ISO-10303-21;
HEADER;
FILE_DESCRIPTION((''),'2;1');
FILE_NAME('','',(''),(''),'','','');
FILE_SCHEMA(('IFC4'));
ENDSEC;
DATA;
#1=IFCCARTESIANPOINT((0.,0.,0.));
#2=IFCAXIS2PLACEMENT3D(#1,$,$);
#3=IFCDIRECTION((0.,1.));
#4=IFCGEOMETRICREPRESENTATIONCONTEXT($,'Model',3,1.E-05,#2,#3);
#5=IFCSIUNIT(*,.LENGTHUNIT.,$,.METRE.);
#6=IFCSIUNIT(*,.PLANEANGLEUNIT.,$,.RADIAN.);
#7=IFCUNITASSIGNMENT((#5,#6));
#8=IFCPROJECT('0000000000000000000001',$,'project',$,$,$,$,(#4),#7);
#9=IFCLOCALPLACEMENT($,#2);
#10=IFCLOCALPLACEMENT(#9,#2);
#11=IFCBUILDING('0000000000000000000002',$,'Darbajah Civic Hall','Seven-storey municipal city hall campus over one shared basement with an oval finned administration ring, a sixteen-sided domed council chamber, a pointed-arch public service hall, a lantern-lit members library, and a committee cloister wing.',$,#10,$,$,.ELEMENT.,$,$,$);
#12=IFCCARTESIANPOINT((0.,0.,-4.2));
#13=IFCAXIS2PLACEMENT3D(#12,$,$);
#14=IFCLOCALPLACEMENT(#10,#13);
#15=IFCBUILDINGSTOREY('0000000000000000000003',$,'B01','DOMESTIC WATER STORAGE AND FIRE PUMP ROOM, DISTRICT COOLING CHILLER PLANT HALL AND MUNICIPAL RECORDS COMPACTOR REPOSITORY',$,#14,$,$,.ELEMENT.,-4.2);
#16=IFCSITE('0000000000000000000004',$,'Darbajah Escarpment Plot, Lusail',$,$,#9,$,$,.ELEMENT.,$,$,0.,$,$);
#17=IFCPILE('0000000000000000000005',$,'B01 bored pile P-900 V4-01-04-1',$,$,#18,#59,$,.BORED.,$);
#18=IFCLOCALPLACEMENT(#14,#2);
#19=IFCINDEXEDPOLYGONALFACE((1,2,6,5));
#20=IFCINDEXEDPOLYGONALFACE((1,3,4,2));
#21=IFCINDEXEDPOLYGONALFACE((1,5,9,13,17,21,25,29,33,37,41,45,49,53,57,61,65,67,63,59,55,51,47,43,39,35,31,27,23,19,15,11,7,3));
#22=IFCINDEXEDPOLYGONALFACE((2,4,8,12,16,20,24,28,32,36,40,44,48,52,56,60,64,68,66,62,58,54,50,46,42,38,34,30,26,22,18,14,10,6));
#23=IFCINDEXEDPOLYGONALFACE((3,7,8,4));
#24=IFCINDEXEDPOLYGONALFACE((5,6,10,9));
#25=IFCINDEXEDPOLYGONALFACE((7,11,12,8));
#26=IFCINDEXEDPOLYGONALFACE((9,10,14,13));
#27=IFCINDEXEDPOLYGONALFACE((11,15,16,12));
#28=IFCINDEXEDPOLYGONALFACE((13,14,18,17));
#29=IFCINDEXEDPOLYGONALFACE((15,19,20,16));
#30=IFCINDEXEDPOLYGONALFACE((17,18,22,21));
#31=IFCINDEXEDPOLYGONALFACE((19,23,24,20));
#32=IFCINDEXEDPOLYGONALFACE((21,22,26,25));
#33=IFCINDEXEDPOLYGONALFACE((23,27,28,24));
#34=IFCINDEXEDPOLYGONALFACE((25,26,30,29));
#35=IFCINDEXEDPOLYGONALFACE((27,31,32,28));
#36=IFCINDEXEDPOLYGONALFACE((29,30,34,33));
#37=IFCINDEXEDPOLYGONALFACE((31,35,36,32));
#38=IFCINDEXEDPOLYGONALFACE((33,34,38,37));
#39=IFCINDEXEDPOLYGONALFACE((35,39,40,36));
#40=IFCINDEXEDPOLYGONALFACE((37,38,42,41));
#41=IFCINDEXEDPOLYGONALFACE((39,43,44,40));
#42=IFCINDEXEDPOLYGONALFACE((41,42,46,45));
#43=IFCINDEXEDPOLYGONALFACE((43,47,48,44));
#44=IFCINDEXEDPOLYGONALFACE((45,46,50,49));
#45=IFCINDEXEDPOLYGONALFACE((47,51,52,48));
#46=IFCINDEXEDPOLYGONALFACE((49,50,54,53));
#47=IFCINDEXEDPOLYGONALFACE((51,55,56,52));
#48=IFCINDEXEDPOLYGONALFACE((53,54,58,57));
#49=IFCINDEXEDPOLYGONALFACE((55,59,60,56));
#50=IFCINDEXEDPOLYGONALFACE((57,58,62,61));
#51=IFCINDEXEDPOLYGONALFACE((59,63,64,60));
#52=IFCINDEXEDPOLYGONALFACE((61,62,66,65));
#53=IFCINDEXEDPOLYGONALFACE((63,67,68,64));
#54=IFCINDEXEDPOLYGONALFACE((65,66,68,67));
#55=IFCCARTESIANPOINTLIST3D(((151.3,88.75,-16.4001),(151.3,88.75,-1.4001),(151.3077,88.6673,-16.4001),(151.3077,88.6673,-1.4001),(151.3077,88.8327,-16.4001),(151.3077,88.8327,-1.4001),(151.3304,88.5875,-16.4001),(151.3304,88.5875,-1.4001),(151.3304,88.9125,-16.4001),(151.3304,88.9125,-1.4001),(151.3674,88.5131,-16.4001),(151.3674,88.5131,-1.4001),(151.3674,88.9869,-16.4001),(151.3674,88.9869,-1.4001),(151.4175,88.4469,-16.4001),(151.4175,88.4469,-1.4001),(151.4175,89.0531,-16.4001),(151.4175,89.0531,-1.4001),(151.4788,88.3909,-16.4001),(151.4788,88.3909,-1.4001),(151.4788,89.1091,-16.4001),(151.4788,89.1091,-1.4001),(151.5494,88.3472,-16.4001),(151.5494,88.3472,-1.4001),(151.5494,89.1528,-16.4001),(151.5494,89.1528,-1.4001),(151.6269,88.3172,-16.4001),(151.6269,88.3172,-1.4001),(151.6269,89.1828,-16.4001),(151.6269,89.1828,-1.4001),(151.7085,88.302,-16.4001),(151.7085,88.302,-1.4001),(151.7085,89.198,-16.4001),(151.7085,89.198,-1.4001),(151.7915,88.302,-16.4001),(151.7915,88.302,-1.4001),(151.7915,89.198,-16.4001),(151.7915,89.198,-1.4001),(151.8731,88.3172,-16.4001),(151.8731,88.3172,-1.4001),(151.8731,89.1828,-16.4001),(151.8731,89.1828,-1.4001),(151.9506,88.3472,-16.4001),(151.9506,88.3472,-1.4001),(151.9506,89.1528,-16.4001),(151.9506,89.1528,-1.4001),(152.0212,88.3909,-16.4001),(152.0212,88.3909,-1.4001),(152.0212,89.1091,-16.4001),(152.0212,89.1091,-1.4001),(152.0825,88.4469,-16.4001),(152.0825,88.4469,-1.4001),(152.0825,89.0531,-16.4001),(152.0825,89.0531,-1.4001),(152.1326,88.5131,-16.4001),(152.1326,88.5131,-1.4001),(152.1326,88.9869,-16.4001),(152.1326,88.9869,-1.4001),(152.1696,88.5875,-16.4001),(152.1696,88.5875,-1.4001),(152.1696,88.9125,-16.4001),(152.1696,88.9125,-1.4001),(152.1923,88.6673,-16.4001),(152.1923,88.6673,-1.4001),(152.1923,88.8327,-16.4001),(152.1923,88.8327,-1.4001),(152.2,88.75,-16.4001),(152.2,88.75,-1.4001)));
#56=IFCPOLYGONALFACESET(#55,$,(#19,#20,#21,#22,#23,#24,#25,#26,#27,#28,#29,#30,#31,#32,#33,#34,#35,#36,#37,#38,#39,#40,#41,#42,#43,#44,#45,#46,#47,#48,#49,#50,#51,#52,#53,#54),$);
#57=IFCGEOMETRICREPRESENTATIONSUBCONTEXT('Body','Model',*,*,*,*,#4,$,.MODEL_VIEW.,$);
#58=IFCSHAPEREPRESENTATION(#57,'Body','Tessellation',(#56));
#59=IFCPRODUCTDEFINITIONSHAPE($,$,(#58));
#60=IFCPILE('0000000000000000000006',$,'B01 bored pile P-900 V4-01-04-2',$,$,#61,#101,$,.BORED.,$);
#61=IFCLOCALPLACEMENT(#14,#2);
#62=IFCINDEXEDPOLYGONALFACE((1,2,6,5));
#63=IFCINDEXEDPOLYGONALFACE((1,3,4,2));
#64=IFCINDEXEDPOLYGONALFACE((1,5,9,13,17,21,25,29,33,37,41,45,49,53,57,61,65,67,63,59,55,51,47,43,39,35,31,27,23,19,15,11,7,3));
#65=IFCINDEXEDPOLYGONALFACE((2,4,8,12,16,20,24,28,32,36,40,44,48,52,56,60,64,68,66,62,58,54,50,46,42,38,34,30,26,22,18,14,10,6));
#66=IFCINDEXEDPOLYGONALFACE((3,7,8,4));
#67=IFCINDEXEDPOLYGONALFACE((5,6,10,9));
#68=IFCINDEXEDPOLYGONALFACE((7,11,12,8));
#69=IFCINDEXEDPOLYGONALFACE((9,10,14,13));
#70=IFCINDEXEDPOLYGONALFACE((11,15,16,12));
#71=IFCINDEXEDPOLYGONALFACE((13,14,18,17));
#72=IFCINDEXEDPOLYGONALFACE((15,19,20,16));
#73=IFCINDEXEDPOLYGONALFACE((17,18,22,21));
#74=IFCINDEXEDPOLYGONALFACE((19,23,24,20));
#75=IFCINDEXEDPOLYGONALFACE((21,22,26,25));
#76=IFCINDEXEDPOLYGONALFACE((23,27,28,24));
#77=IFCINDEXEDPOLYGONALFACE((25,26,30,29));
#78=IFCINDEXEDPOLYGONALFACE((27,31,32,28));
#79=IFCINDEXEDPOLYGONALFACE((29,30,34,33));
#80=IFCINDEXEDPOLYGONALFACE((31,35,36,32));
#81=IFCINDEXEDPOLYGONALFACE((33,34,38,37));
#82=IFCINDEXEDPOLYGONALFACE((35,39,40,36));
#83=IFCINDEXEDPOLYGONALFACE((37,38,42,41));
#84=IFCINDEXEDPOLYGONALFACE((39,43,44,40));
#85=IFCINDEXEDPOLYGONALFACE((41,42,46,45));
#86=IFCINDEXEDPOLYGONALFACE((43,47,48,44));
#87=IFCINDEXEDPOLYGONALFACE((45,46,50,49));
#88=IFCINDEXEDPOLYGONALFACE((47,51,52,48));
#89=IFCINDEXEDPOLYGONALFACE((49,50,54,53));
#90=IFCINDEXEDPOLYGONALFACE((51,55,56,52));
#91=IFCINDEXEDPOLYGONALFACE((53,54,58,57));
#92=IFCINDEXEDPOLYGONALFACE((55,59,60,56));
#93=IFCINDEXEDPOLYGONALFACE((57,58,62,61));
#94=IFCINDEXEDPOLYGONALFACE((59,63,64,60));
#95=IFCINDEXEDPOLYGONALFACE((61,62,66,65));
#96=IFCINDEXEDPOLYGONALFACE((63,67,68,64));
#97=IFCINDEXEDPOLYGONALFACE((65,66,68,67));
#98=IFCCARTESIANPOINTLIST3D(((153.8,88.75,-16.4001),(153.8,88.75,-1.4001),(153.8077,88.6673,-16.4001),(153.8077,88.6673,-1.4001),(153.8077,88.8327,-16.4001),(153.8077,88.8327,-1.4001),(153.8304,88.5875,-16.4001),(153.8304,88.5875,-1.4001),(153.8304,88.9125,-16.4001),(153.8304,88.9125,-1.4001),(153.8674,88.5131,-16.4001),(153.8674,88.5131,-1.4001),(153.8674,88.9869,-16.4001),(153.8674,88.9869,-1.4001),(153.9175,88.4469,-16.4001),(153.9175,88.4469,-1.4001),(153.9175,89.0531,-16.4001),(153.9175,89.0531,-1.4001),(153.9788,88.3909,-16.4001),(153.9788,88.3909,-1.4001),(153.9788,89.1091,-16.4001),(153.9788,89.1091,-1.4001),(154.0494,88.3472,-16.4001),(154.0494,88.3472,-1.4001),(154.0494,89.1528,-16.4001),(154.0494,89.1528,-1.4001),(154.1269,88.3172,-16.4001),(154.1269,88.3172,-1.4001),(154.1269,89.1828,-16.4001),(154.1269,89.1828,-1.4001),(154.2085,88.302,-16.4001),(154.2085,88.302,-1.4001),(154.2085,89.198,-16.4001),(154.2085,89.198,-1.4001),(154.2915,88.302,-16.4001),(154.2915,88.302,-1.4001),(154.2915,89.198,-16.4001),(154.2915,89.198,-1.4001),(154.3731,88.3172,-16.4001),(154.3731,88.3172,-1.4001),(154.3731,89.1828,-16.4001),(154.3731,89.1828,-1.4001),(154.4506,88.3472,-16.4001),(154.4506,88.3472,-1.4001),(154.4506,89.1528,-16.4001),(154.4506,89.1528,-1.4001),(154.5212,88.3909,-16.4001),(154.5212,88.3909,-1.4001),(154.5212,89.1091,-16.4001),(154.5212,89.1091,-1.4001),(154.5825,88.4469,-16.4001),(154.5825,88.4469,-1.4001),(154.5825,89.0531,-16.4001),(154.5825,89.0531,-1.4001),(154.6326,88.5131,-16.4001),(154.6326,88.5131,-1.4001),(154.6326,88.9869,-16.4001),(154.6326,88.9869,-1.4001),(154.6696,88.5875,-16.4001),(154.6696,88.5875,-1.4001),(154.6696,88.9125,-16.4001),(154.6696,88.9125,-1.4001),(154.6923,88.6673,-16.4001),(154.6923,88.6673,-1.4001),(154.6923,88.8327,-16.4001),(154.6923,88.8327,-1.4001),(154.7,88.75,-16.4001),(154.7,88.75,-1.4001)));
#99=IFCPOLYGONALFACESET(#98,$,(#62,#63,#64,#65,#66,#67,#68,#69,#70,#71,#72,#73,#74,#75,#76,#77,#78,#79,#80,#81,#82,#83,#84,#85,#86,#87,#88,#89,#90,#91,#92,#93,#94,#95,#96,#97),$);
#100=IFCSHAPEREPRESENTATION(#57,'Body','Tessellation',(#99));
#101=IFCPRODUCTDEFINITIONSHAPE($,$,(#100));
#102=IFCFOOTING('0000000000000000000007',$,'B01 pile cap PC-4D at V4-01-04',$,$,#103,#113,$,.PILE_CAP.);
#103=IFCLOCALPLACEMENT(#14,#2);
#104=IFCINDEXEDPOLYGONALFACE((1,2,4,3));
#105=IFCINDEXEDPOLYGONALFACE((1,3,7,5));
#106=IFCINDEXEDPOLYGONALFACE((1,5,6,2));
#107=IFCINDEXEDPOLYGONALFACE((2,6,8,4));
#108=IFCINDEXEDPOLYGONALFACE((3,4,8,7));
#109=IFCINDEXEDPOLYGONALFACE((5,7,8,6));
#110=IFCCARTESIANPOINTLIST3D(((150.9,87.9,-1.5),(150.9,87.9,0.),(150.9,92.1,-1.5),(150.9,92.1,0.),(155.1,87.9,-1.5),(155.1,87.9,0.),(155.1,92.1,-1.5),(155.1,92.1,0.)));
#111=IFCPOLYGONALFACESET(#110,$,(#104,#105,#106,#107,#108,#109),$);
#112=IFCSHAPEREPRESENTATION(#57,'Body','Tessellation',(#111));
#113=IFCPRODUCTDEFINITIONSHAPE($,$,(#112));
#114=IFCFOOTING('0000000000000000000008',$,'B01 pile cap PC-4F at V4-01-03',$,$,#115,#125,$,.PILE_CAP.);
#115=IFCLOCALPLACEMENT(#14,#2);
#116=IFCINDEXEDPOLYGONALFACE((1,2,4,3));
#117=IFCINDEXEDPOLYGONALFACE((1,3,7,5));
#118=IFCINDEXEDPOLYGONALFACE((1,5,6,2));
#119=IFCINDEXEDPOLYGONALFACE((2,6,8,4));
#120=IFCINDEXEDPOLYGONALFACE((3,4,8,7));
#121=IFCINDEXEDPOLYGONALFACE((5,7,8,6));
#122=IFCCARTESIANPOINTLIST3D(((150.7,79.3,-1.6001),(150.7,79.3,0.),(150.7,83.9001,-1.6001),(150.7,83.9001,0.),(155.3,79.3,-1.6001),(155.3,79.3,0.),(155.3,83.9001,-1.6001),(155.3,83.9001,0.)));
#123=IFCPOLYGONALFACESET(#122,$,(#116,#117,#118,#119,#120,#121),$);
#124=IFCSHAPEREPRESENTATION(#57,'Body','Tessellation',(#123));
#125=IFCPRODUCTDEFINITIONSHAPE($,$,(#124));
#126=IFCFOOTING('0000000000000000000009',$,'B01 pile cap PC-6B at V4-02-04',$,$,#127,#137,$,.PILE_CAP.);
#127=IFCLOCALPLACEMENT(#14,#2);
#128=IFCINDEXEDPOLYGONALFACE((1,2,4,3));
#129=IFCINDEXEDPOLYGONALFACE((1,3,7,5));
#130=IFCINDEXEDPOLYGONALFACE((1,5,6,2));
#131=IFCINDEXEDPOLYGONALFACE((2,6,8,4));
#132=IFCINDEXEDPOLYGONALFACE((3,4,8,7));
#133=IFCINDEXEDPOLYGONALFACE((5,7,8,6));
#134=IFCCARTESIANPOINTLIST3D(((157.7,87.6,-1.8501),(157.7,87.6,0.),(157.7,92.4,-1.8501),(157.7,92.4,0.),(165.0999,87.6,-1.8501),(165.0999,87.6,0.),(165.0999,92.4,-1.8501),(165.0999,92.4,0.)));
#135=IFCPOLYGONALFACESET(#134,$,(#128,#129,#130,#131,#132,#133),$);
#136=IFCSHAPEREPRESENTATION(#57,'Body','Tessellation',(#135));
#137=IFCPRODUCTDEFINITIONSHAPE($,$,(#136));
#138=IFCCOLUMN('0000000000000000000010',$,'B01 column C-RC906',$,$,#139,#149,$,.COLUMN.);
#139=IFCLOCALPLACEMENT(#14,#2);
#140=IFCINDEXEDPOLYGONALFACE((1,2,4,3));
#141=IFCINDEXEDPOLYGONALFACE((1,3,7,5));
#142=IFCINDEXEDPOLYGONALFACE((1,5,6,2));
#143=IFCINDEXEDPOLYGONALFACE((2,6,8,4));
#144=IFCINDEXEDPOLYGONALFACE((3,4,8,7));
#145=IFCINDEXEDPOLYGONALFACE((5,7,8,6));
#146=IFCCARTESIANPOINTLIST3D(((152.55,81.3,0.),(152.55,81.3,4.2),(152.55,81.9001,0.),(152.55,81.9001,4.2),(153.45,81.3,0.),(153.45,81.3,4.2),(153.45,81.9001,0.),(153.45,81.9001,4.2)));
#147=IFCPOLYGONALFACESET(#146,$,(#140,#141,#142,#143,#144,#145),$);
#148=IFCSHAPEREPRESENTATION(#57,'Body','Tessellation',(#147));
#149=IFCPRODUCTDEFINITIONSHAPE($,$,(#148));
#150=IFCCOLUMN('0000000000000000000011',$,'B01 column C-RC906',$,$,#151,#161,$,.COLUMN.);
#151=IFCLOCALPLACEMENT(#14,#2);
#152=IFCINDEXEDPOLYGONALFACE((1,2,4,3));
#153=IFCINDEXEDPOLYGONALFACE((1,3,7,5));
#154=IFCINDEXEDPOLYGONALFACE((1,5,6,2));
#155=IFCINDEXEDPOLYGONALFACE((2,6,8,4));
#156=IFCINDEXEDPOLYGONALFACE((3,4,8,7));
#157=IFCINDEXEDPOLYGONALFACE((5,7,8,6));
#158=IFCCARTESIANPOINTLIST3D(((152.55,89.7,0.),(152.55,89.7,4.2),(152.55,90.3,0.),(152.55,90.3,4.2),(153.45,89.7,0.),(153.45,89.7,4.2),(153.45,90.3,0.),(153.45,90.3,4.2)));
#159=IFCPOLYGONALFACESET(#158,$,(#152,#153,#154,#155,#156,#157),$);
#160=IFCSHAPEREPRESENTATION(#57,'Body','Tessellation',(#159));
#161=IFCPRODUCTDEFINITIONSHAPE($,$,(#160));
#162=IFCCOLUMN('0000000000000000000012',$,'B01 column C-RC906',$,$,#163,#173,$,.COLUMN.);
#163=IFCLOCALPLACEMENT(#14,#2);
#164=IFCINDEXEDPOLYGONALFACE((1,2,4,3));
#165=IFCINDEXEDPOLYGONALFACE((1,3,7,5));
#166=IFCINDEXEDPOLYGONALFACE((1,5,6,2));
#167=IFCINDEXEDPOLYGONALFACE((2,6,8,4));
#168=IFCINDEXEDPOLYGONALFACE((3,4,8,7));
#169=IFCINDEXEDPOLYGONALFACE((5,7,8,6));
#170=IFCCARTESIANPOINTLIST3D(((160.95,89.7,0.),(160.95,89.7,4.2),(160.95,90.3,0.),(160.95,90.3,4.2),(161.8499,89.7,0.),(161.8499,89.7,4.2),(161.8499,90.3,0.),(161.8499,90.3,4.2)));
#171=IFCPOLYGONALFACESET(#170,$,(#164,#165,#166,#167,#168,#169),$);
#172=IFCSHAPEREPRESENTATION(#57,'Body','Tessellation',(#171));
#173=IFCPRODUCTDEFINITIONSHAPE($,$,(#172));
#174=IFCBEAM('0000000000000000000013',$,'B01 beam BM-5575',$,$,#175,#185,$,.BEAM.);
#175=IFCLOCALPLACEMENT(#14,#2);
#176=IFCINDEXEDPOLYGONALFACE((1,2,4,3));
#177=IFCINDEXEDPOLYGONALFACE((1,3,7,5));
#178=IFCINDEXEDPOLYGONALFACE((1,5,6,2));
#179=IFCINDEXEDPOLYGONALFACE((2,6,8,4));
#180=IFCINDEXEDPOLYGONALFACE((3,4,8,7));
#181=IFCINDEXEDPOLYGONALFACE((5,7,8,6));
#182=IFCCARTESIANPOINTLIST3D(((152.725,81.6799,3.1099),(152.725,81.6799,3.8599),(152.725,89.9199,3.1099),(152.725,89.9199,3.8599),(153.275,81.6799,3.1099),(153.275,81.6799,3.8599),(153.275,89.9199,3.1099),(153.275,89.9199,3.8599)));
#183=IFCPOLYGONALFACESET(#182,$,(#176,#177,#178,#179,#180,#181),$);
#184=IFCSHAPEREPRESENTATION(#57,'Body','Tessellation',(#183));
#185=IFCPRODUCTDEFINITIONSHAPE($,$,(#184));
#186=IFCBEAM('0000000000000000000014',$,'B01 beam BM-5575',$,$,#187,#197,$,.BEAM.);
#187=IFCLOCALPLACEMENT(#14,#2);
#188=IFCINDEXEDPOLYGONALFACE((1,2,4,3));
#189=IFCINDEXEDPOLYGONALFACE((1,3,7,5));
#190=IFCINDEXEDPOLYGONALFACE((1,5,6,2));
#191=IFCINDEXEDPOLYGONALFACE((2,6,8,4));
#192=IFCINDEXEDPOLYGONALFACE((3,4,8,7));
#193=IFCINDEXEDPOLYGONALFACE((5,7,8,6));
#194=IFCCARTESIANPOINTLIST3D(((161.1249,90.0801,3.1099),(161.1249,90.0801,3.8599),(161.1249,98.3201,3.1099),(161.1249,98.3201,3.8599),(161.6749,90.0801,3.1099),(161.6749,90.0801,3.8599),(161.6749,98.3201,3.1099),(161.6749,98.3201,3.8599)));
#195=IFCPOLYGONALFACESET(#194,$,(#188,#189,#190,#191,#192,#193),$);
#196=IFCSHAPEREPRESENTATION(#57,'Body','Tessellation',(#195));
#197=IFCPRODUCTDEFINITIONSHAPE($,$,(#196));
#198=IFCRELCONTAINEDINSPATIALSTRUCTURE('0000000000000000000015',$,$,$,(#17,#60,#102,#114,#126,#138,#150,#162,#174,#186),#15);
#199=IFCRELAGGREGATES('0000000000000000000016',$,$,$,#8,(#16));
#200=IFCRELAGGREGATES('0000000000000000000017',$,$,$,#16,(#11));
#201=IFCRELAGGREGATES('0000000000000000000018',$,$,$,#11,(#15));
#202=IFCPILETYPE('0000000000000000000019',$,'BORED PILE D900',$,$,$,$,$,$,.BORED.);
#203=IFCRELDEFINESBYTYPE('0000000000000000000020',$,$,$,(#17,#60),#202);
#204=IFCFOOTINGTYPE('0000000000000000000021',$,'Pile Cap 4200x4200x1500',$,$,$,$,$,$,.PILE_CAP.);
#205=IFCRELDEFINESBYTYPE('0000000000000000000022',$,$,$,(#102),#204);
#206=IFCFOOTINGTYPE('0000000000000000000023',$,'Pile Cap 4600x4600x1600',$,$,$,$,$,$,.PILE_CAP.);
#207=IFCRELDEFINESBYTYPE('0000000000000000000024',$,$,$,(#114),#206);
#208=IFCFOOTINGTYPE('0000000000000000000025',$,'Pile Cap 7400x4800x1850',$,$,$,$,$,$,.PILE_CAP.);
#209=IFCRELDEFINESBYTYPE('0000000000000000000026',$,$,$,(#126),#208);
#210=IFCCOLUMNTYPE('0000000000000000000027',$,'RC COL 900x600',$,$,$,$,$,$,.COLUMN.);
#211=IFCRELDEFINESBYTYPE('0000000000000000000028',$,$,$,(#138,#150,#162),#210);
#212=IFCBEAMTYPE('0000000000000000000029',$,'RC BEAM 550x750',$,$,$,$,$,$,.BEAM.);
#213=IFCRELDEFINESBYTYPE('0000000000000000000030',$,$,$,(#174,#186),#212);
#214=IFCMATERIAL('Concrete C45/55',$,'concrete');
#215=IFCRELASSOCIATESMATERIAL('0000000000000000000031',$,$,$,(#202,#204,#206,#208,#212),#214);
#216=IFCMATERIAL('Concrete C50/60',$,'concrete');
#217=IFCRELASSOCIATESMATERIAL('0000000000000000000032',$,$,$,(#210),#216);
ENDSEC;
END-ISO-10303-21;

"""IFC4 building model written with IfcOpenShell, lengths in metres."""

from ifc_helpers import new_model, si_unit, direction, frame, origin, origin_2d, place, context, subcontext, project, spatial, rectangle, circle, extrude, material, material_profile, profile_set, type_object, element, save


model = new_model("IFC4")

# Units and contexts
model_context = context("Model", 3, precision=1e-05, world=origin(), true_north=direction((0.0, 1.0)))
body_context = subcontext(model_context, "Body", "Model", "MODEL_VIEW")
ifc_project = project(units=[si_unit("LENGTHUNIT", "METRE"), si_unit("PLANEANGLEUNIT", "RADIAN")], contexts=[model_context])

# Site, building, storey
site_placement = place(None, origin())
site = spatial("IfcSite", under=ifc_project, at=site_placement, Name="Darbajah Escarpment Plot, Lusail", CompositionType="ELEMENT", RefElevation=0.0)
building_placement = place(site_placement, origin())
building = spatial("IfcBuilding", under=site, at=building_placement, Name="Darbajah Civic Hall", Description="Seven-storey municipal city hall campus over one shared basement with an oval finned administration ring, a sixteen-sided domed council chamber, a pointed-arch public service hall, a lantern-lit members library, and a committee cloister wing.", CompositionType="ELEMENT")
storey_placement = place(building_placement, frame((0.0, 0.0, -4.2)))
storey = spatial("IfcBuildingStorey", under=building, at=storey_placement, Name="B01", Description="DOMESTIC WATER STORAGE AND FIRE PUMP ROOM, DISTRICT COOLING CHILLER PLANT HALL AND MUNICIPAL RECORDS COMPACTOR REPOSITORY", CompositionType="ELEMENT", Elevation=-4.2)

# Piles
ifc_material_1 = material(Name="Concrete C45/55", Category="concrete")
ifc_material_profile_1 = material_profile(ifc_material_1, circle(Radius=0.45, at=origin_2d()), Name="BORED PILE D900")
ifc_profile_set_1 = profile_set([ifc_material_profile_1], Name="Concrete C45/55")
pile_type_1 = type_object("IfcPileType", Name="BORED PILE D900", PredefinedType="BORED", material=ifc_profile_set_1)
for number, where, z_axis, x_axis, name in (
    (1, (151.75, 88.75, -1.4001), (0.0, 0.0, -1.0), (1.0, 0.0, 0.0), "B01 bored pile P-900 V4-01-04-1"),
    (2, (154.25, 88.75, -1.4001), (0.0, 0.0, -1.0), (1.0, 0.0, 0.0), "B01 bored pile P-900 V4-01-04-2"),
):
    element("IfcPile", number, at=place(storey_placement, frame(where, z_axis=z_axis, x_axis=x_axis)), inside=storey, type_object=pile_type_1, Name=name, PredefinedType="BORED", context=body_context, shape_type="SweptSolid", body=[
        extrude(circle(Radius=0.45, at=origin_2d()), origin(), (0.0, 0.0, 1.0), 15.0),
    ])

# Footings
footing_type_1 = type_object("IfcFootingType", Name="Pile Cap 4200x4200x1500", PredefinedType="PILE_CAP", material=ifc_material_1)
footing_1_placement = place(storey_placement, frame((153.0, 90.0, -1.5), z_axis=(0.0, 0.0, 1.0), x_axis=(1.0, 0.0, 0.0)))
element("IfcFooting", 3, at=footing_1_placement, inside=storey, type_object=footing_type_1, Name="B01 pile cap PC-4D at V4-01-04", PredefinedType="PILE_CAP", context=body_context, shape_type="SweptSolid", body=[
    extrude(rectangle(XDim=4.2, YDim=4.2, at=origin_2d()), origin(), (0.0, 0.0, 1.0), 1.5),
])
footing_type_2 = type_object("IfcFootingType", Name="Pile Cap 4600x4600x1600", PredefinedType="PILE_CAP", material=ifc_material_1)
footing_2_placement = place(storey_placement, frame((153.0, 81.6001, -1.6001), z_axis=(0.0, 0.0, 1.0), x_axis=(1.0, 0.0, 0.0)))
element("IfcFooting", 4, at=footing_2_placement, inside=storey, type_object=footing_type_2, Name="B01 pile cap PC-4F at V4-01-03", PredefinedType="PILE_CAP", context=body_context, shape_type="SweptSolid", body=[
    extrude(rectangle(XDim=4.6001, YDim=4.6001, at=origin_2d()), origin(), (0.0, 0.0, 1.0), 1.6001),
])
footing_type_3 = type_object("IfcFootingType", Name="Pile Cap 7400x4800x1850", PredefinedType="PILE_CAP", material=ifc_material_1)
footing_3_placement = place(storey_placement, frame((161.3999, 90.0, -1.8501), z_axis=(0.0, 0.0, 1.0), x_axis=(1.0, 0.0, 0.0)))
element("IfcFooting", 5, at=footing_3_placement, inside=storey, type_object=footing_type_3, Name="B01 pile cap PC-6B at V4-02-04", PredefinedType="PILE_CAP", context=body_context, shape_type="SweptSolid", body=[
    extrude(rectangle(XDim=7.3999, YDim=4.8, at=origin_2d()), origin(), (0.0, 0.0, 1.0), 1.8501),
])

# Columns
ifc_material_2 = material(Name="Concrete C50/60", Category="concrete")
ifc_material_profile_2 = material_profile(ifc_material_2, rectangle(XDim=0.8999, YDim=0.6001, at=origin_2d()), Name="RC COL 900x600")
ifc_profile_set_2 = profile_set([ifc_material_profile_2], Name="Concrete C50/60")
column_type = type_object("IfcColumnType", Name="RC COL 900x600", PredefinedType="COLUMN", material=ifc_profile_set_2)
for number, where, z_axis, x_axis, name in (
    (6, (153.0, 81.6001, 0.0), (0.0, 0.0, 1.0), (1.0, 0.0, 0.0), "B01 column C-RC906"),
    (7, (153.0, 90.0, 0.0), (0.0, 0.0, 1.0), (1.0, 0.0, 0.0), "B01 column C-RC906"),
    (8, (161.3999, 90.0, 0.0), (0.0, 0.0, 1.0), (1.0, 0.0, 0.0), "B01 column C-RC906"),
):
    element("IfcColumn", number, at=place(storey_placement, frame(where, z_axis=z_axis, x_axis=x_axis)), inside=storey, type_object=column_type, Name=name, PredefinedType="COLUMN", context=body_context, shape_type="SweptSolid", body=[
        extrude(rectangle(XDim=0.8999, YDim=0.6001, at=origin_2d()), origin(), (0.0, 0.0, 1.0), 4.2),
    ])

# Beams
ifc_material_profile_3 = material_profile(ifc_material_1, rectangle(XDim=0.55, YDim=0.75, at=origin_2d()), Name="RC BEAM 550x750")
ifc_profile_set_3 = profile_set([ifc_material_profile_3], Name="Concrete C45/55")
beam_type_1 = type_object("IfcBeamType", Name="RC BEAM 550x750", PredefinedType="BEAM", material=ifc_profile_set_3)
for number, where, z_axis, x_axis, name in (
    (9, (153.0, 81.6799, 3.4849), (0.0, 1.0, 0.0), (-1.0, 0.0, 0.0), "B01 beam BM-5575"),
    (10, (161.3999, 90.0801, 3.4849), (0.0, 1.0, 0.0), (-1.0, 0.0, 0.0), "B01 beam BM-5575"),
):
    element("IfcBeam", number, at=place(storey_placement, frame(where, z_axis=z_axis, x_axis=x_axis)), inside=storey, type_object=beam_type_1, Name=name, PredefinedType="BEAM", context=body_context, shape_type="SweptSolid", body=[
        extrude(rectangle(XDim=0.55, YDim=0.75, at=origin_2d()), origin(), (0.0, 0.0, 1.0), 8.24),
    ])

save(model, "model.ifc")
